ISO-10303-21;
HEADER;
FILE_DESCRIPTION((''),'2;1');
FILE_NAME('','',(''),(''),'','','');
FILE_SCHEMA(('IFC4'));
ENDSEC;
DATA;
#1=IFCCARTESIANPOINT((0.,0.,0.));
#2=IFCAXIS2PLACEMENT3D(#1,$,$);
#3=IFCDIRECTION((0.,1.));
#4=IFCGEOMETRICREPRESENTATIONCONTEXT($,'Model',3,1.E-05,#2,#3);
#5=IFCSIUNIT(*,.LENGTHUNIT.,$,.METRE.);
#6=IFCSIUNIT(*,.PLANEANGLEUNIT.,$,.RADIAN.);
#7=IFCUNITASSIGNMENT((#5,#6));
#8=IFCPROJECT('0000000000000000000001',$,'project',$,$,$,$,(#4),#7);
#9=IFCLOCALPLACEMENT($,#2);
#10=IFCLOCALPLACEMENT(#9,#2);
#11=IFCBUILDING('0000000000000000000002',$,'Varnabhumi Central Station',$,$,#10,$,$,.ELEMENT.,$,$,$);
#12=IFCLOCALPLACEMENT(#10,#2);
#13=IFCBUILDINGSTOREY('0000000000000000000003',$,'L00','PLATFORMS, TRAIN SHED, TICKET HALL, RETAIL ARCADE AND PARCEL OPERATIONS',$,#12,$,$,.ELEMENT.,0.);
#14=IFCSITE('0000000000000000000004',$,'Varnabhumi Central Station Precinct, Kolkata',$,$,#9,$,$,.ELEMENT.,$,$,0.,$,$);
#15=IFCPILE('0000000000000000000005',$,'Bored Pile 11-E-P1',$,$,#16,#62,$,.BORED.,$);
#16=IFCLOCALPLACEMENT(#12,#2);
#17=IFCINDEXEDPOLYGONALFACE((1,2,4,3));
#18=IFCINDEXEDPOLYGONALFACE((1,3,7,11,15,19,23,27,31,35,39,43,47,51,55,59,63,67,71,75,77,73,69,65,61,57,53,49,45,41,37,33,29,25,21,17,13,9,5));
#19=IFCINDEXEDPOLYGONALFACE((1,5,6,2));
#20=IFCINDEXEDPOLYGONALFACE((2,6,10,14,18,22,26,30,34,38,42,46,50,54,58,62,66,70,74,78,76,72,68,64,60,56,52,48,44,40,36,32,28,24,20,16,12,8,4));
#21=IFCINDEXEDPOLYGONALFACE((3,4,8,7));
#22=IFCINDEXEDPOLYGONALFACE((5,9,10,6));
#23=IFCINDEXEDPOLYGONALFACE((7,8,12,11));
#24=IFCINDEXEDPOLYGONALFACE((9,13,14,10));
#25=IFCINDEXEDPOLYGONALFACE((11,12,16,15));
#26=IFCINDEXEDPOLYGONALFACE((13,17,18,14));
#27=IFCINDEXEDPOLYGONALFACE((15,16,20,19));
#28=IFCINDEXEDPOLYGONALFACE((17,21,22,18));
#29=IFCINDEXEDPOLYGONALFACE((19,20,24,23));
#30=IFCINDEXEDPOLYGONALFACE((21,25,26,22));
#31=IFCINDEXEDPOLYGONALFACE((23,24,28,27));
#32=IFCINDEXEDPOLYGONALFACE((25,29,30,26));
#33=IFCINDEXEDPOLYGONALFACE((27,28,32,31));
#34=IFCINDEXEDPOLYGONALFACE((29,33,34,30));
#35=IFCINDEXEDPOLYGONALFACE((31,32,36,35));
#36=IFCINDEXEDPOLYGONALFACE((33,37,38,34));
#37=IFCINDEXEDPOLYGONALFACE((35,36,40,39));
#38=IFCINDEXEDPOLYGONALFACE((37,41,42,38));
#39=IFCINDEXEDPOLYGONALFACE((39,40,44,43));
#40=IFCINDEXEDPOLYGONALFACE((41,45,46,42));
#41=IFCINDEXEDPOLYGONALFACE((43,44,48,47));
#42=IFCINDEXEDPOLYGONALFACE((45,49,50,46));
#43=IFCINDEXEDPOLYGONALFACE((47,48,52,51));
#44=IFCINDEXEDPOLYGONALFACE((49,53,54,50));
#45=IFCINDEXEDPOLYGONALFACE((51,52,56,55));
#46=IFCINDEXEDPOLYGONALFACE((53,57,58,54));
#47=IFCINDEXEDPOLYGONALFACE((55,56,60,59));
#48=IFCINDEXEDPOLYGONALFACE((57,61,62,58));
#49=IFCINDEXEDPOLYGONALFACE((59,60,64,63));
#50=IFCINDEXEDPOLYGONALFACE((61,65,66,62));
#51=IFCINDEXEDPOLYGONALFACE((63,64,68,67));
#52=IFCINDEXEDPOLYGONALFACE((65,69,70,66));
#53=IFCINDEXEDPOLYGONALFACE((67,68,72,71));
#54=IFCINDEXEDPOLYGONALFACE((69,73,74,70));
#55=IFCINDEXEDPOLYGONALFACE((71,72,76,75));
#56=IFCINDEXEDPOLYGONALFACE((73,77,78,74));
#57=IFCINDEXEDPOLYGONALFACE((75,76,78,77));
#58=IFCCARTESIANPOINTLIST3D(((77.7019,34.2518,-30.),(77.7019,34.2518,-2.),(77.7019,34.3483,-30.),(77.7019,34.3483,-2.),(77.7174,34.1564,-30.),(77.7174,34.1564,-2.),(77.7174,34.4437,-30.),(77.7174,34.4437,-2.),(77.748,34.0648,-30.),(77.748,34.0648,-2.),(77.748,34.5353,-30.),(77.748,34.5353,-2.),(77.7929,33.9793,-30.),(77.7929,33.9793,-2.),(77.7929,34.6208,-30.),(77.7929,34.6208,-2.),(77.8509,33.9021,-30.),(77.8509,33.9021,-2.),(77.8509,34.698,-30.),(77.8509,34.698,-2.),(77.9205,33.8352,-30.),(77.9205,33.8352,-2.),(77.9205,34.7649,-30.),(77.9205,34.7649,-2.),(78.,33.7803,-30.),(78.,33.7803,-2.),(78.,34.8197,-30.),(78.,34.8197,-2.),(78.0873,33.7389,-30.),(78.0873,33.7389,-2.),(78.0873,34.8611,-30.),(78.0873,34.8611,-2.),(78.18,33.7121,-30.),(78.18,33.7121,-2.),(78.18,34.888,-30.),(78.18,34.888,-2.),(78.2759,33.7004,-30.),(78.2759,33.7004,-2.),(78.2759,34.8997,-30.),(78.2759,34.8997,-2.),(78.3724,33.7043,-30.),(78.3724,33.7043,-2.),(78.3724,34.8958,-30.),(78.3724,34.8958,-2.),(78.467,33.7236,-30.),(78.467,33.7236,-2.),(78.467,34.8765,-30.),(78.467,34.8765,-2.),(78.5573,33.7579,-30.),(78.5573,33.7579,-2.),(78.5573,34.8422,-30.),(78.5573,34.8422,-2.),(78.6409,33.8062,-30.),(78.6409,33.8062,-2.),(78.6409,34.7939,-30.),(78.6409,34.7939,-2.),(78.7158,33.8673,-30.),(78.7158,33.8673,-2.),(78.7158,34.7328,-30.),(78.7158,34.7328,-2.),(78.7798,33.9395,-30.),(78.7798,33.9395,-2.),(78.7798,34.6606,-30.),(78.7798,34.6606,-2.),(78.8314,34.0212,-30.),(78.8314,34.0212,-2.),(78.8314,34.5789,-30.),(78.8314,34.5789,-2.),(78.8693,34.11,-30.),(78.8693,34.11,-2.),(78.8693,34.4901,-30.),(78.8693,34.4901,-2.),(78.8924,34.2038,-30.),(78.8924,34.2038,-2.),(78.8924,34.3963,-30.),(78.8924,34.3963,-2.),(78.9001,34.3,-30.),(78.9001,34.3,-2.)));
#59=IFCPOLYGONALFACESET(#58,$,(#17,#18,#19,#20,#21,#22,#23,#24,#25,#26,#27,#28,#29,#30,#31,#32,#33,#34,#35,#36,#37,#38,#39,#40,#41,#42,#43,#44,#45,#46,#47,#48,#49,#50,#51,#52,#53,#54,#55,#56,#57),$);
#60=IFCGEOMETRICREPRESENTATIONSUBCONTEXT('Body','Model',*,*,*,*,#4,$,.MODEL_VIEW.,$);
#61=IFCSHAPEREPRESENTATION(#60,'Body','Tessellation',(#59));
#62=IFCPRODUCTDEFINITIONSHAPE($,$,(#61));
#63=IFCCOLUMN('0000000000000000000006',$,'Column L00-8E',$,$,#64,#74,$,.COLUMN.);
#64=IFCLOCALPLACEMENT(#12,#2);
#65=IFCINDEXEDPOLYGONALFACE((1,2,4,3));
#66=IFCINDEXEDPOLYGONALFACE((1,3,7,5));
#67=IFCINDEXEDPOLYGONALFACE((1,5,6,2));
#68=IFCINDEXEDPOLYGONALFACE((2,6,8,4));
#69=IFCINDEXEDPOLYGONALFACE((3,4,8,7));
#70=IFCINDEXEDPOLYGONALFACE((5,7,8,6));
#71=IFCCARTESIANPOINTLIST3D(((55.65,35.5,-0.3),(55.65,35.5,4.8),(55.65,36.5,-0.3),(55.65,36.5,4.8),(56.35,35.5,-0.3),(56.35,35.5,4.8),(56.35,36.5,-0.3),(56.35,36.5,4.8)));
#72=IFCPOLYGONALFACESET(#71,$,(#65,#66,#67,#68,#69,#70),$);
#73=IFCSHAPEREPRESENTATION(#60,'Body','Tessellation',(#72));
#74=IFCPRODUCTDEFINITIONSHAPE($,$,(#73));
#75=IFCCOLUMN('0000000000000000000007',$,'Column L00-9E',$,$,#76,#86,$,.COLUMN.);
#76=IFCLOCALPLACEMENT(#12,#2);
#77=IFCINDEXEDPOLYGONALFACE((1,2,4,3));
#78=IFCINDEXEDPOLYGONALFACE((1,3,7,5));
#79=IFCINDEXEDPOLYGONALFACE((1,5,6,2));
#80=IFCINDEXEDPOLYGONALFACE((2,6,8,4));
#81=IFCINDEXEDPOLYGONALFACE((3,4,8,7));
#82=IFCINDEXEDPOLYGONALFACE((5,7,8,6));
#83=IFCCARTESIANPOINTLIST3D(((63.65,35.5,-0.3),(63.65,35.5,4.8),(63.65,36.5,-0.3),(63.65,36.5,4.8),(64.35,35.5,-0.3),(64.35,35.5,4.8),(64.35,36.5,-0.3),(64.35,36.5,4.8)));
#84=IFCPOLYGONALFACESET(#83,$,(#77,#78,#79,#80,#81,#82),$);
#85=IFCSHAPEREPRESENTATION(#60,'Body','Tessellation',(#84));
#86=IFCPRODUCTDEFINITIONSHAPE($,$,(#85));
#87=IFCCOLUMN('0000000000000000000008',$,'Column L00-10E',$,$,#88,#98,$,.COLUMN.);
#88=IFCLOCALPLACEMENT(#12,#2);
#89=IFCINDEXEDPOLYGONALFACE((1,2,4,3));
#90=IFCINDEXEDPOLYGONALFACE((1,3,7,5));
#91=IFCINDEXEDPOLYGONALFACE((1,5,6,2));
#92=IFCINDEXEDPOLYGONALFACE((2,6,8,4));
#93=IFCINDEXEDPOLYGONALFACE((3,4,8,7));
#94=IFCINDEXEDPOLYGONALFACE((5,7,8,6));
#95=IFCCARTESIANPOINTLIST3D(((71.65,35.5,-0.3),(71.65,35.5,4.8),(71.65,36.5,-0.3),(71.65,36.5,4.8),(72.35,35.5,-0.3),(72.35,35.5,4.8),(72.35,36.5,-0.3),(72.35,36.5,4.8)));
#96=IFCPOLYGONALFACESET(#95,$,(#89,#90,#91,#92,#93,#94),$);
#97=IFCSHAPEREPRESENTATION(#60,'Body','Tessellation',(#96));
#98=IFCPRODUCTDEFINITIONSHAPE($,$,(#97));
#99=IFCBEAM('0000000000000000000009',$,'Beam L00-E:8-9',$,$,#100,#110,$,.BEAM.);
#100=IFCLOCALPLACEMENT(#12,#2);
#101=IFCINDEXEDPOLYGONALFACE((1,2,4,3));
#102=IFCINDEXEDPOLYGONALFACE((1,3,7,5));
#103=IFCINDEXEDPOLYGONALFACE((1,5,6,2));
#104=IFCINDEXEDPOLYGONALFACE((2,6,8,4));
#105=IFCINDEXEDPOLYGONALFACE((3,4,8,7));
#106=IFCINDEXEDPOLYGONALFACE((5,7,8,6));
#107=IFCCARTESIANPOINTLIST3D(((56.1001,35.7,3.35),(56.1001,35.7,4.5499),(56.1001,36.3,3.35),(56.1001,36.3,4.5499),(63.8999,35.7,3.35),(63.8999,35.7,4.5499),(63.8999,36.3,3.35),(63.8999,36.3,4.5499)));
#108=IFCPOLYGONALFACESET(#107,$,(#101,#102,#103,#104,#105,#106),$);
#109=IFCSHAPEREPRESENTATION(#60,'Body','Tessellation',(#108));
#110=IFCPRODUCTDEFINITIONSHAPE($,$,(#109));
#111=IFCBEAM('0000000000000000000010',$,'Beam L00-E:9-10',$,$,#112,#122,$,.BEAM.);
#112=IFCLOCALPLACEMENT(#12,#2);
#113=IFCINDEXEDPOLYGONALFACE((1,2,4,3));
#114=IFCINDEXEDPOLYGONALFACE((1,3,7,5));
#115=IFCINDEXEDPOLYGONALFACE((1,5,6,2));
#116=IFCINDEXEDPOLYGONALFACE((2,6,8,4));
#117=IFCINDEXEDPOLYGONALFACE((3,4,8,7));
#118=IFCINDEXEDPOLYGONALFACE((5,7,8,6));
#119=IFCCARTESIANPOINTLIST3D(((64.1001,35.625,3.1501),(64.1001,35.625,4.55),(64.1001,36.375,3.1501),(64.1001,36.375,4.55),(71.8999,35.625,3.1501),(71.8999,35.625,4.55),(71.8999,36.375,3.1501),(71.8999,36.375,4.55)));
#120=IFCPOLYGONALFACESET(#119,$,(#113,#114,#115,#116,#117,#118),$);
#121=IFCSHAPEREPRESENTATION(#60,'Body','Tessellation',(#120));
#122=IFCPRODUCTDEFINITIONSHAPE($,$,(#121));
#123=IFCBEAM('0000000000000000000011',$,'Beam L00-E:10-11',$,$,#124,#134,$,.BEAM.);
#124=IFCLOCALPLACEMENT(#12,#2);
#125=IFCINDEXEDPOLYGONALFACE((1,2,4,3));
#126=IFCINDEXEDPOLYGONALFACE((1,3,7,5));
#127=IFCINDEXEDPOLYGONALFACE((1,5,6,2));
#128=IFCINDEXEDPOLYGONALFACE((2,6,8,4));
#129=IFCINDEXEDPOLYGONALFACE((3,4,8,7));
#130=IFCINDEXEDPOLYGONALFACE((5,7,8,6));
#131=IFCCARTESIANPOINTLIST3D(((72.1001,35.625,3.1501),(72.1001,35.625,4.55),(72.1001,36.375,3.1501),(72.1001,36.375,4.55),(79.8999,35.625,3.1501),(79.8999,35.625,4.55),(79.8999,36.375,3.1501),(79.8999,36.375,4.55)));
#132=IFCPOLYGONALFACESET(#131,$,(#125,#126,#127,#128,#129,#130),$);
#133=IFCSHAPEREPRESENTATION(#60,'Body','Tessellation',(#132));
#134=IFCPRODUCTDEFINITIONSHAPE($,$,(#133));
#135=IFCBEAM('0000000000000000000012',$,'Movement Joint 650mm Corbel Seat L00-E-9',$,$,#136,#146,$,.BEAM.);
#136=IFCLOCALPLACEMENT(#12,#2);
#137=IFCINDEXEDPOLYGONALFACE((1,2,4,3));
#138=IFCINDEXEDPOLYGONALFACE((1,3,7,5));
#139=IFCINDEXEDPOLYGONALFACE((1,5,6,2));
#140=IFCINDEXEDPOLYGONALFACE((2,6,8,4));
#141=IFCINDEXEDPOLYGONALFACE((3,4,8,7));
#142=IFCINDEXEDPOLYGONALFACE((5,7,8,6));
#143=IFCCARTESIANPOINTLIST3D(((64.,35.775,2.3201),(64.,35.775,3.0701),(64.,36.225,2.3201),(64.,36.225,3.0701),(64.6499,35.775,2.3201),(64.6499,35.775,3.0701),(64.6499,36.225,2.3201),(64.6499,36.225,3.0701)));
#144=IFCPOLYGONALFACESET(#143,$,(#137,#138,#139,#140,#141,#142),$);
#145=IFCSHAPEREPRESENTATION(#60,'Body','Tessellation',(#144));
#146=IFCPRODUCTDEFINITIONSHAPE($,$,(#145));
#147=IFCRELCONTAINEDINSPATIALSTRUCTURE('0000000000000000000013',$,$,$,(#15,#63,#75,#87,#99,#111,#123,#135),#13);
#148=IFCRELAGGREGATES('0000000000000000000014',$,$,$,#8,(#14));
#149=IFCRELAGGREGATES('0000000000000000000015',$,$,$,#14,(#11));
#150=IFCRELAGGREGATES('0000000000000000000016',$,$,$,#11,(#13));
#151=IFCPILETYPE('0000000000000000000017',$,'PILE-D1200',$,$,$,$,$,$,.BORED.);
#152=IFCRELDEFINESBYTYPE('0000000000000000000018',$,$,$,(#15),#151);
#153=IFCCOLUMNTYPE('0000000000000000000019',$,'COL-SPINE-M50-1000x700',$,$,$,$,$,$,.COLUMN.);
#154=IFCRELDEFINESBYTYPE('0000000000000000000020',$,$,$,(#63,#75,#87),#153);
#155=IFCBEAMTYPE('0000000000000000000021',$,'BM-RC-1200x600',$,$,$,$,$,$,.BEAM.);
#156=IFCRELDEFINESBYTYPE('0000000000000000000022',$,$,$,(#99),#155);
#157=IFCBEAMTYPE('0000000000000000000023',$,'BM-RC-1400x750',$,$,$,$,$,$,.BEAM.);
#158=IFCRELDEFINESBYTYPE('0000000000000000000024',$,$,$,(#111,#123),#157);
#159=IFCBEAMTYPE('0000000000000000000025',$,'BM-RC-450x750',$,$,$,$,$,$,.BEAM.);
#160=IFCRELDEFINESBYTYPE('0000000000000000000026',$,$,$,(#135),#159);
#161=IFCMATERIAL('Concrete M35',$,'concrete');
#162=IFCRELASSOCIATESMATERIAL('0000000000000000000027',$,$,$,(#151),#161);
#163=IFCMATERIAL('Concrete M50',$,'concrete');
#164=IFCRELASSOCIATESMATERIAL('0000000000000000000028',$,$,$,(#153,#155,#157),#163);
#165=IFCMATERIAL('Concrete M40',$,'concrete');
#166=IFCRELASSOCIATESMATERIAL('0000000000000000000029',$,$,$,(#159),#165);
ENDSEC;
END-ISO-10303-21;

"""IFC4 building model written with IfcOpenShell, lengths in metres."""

from ifc_helpers import new_model, si_unit, direction, frame, origin, origin_2d, place, context, subcontext, project, spatial, rectangle, circle, extrude, material, material_profile, profile_set, type_object, element, save


model = new_model("IFC4")

# Units and contexts
model_context = context("Model", 3, precision=1e-05, world=origin(), true_north=direction((0.0, 1.0)))
body_context = subcontext(model_context, "Body", "Model", "MODEL_VIEW")
ifc_project = project(units=[si_unit("LENGTHUNIT", "METRE"), si_unit("PLANEANGLEUNIT", "RADIAN")], contexts=[model_context])

# Site, building, storey
site_placement = place(None, origin())
site = spatial("IfcSite", under=ifc_project, at=site_placement, Name="Varnabhumi Central Station Precinct, Kolkata", CompositionType="ELEMENT", RefElevation=0.0)
building_placement = place(site_placement, origin())
building = spatial("IfcBuilding", under=site, at=building_placement, Name="Varnabhumi Central Station", CompositionType="ELEMENT")
storey_placement = place(building_placement, origin())
storey = spatial("IfcBuildingStorey", under=building, at=storey_placement, Name="L00", Description="PLATFORMS, TRAIN SHED, TICKET HALL, RETAIL ARCADE AND PARCEL OPERATIONS", CompositionType="ELEMENT", Elevation=0.0)

# Shared definitions
ifc_material_1 = material(Name="Concrete M40", Category="concrete")

# Pile
ifc_material_2 = material(Name="Concrete M35", Category="concrete")
ifc_material_profile_1 = material_profile(ifc_material_2, circle(Radius=0.6001, at=origin_2d()), Name="Concrete M35", Category="concrete")
ifc_profile_set_1 = profile_set([ifc_material_profile_1], Name="Concrete M35")
pile_type = type_object("IfcPileType", Name="PILE-D1200", PredefinedType="BORED", material=ifc_profile_set_1)
for number, where, z_axis, x_axis, name in (
    (1, (78.3, 34.3, -2.0), (0.0, 0.0, -1.0), (1.0, 0.0, 0.0), "Bored Pile 11-E-P1"),
):
    element("IfcPile", number, at=place(storey_placement, frame(where, z_axis=z_axis, x_axis=x_axis)), inside=storey, type_object=pile_type, Name=name, PredefinedType="BORED", context=body_context, shape_type="SweptSolid", body=[
        extrude(circle(Radius=0.6001, at=origin_2d()), origin(), (0.0, 0.0, 1.0), 28.0),
    ])

# Columns
ifc_material_3 = material(Name="Concrete M50", Category="concrete")
ifc_material_profile_2 = material_profile(ifc_material_3, rectangle(XDim=0.7, YDim=1.0, at=origin_2d()), Name="Concrete M50", Category="concrete")
ifc_profile_set_2 = profile_set([ifc_material_profile_2], Name="Concrete M50")
column_type = type_object("IfcColumnType", Name="COL-SPINE-M50-1000x700", PredefinedType="COLUMN", material=ifc_profile_set_2)
for number, where, z_axis, x_axis, name in (
    (2, (56.0, 36.0, -0.3), (0.0, 0.0, 1.0), (1.0, 0.0, 0.0), "Column L00-8E"),
    (3, (64.0, 36.0, -0.3), (0.0, 0.0, 1.0), (1.0, 0.0, 0.0), "Column L00-9E"),
    (4, (72.0, 36.0, -0.3), (0.0, 0.0, 1.0), (1.0, 0.0, 0.0), "Column L00-10E"),
):
    element("IfcColumn", number, at=place(storey_placement, frame(where, z_axis=z_axis, x_axis=x_axis)), inside=storey, type_object=column_type, Name=name, PredefinedType="COLUMN", context=body_context, shape_type="SweptSolid", body=[
        extrude(rectangle(XDim=0.7, YDim=1.0, at=origin_2d()), origin(), (0.0, 0.0, 1.0), 5.1001),
    ])

# Beams
ifc_material_profile_3 = material_profile(ifc_material_3, rectangle(XDim=0.6001, YDim=1.2, at=origin_2d()), Name="Concrete M50", Category="concrete")
ifc_profile_set_3 = profile_set([ifc_material_profile_3], Name="Concrete M50")
beam_type_1 = type_object("IfcBeamType", Name="BM-RC-1200x600", PredefinedType="BEAM", material=ifc_profile_set_3)
beam_1_placement = place(storey_placement, frame((56.1001, 36.0, 3.95), z_axis=(1.0, 0.0, 0.0), x_axis=(0.0, 1.0, 0.0)))
element("IfcBeam", 5, at=beam_1_placement, inside=storey, type_object=beam_type_1, Name="Beam L00-E:8-9", PredefinedType="BEAM", context=body_context, shape_type="SweptSolid", body=[
    extrude(rectangle(XDim=0.6001, YDim=1.2, at=origin_2d()), origin(), (0.0, 0.0, 1.0), 7.7998),
])
ifc_material_profile_4 = material_profile(ifc_material_3, rectangle(XDim=0.75, YDim=1.3999, at=origin_2d()), Name="Concrete M50", Category="concrete")
ifc_profile_set_4 = profile_set([ifc_material_profile_4], Name="Concrete M50")
beam_type_2 = type_object("IfcBeamType", Name="BM-RC-1400x750", PredefinedType="BEAM", material=ifc_profile_set_4)
for number, where, z_axis, x_axis, name in (
    (6, (64.1001, 36.0, 3.8501), (1.0, 0.0, 0.0), (0.0, 1.0, 0.0), "Beam L00-E:9-10"),
    (7, (72.1001, 36.0, 3.8501), (1.0, 0.0, 0.0), (0.0, 1.0, 0.0), "Beam L00-E:10-11"),
):
    element("IfcBeam", number, at=place(storey_placement, frame(where, z_axis=z_axis, x_axis=x_axis)), inside=storey, type_object=beam_type_2, Name=name, PredefinedType="BEAM", context=body_context, shape_type="SweptSolid", body=[
        extrude(rectangle(XDim=0.75, YDim=1.3999, at=origin_2d()), origin(), (0.0, 0.0, 1.0), 7.7998),
    ])
ifc_material_profile_5 = material_profile(ifc_material_1, rectangle(XDim=0.45, YDim=0.75, at=origin_2d()), Name="Concrete M40", Category="concrete")
ifc_profile_set_5 = profile_set([ifc_material_profile_5], Name="Concrete M40")
beam_type_3 = type_object("IfcBeamType", Name="BM-RC-450x750", PredefinedType="BEAM", material=ifc_profile_set_5)
beam_2_placement = place(storey_placement, frame((64.0, 36.0, 2.6951), z_axis=(1.0, 0.0, 0.0), x_axis=(0.0, 1.0, 0.0)))
element("IfcBeam", 8, at=beam_2_placement, inside=storey, type_object=beam_type_3, Name="Movement Joint 650mm Corbel Seat L00-E-9", PredefinedType="BEAM", context=body_context, shape_type="SweptSolid", body=[
    extrude(rectangle(XDim=0.45, YDim=0.75, at=origin_2d()), origin(), (0.0, 0.0, 1.0), 0.6499),
])

save(model, "model.ifc")
